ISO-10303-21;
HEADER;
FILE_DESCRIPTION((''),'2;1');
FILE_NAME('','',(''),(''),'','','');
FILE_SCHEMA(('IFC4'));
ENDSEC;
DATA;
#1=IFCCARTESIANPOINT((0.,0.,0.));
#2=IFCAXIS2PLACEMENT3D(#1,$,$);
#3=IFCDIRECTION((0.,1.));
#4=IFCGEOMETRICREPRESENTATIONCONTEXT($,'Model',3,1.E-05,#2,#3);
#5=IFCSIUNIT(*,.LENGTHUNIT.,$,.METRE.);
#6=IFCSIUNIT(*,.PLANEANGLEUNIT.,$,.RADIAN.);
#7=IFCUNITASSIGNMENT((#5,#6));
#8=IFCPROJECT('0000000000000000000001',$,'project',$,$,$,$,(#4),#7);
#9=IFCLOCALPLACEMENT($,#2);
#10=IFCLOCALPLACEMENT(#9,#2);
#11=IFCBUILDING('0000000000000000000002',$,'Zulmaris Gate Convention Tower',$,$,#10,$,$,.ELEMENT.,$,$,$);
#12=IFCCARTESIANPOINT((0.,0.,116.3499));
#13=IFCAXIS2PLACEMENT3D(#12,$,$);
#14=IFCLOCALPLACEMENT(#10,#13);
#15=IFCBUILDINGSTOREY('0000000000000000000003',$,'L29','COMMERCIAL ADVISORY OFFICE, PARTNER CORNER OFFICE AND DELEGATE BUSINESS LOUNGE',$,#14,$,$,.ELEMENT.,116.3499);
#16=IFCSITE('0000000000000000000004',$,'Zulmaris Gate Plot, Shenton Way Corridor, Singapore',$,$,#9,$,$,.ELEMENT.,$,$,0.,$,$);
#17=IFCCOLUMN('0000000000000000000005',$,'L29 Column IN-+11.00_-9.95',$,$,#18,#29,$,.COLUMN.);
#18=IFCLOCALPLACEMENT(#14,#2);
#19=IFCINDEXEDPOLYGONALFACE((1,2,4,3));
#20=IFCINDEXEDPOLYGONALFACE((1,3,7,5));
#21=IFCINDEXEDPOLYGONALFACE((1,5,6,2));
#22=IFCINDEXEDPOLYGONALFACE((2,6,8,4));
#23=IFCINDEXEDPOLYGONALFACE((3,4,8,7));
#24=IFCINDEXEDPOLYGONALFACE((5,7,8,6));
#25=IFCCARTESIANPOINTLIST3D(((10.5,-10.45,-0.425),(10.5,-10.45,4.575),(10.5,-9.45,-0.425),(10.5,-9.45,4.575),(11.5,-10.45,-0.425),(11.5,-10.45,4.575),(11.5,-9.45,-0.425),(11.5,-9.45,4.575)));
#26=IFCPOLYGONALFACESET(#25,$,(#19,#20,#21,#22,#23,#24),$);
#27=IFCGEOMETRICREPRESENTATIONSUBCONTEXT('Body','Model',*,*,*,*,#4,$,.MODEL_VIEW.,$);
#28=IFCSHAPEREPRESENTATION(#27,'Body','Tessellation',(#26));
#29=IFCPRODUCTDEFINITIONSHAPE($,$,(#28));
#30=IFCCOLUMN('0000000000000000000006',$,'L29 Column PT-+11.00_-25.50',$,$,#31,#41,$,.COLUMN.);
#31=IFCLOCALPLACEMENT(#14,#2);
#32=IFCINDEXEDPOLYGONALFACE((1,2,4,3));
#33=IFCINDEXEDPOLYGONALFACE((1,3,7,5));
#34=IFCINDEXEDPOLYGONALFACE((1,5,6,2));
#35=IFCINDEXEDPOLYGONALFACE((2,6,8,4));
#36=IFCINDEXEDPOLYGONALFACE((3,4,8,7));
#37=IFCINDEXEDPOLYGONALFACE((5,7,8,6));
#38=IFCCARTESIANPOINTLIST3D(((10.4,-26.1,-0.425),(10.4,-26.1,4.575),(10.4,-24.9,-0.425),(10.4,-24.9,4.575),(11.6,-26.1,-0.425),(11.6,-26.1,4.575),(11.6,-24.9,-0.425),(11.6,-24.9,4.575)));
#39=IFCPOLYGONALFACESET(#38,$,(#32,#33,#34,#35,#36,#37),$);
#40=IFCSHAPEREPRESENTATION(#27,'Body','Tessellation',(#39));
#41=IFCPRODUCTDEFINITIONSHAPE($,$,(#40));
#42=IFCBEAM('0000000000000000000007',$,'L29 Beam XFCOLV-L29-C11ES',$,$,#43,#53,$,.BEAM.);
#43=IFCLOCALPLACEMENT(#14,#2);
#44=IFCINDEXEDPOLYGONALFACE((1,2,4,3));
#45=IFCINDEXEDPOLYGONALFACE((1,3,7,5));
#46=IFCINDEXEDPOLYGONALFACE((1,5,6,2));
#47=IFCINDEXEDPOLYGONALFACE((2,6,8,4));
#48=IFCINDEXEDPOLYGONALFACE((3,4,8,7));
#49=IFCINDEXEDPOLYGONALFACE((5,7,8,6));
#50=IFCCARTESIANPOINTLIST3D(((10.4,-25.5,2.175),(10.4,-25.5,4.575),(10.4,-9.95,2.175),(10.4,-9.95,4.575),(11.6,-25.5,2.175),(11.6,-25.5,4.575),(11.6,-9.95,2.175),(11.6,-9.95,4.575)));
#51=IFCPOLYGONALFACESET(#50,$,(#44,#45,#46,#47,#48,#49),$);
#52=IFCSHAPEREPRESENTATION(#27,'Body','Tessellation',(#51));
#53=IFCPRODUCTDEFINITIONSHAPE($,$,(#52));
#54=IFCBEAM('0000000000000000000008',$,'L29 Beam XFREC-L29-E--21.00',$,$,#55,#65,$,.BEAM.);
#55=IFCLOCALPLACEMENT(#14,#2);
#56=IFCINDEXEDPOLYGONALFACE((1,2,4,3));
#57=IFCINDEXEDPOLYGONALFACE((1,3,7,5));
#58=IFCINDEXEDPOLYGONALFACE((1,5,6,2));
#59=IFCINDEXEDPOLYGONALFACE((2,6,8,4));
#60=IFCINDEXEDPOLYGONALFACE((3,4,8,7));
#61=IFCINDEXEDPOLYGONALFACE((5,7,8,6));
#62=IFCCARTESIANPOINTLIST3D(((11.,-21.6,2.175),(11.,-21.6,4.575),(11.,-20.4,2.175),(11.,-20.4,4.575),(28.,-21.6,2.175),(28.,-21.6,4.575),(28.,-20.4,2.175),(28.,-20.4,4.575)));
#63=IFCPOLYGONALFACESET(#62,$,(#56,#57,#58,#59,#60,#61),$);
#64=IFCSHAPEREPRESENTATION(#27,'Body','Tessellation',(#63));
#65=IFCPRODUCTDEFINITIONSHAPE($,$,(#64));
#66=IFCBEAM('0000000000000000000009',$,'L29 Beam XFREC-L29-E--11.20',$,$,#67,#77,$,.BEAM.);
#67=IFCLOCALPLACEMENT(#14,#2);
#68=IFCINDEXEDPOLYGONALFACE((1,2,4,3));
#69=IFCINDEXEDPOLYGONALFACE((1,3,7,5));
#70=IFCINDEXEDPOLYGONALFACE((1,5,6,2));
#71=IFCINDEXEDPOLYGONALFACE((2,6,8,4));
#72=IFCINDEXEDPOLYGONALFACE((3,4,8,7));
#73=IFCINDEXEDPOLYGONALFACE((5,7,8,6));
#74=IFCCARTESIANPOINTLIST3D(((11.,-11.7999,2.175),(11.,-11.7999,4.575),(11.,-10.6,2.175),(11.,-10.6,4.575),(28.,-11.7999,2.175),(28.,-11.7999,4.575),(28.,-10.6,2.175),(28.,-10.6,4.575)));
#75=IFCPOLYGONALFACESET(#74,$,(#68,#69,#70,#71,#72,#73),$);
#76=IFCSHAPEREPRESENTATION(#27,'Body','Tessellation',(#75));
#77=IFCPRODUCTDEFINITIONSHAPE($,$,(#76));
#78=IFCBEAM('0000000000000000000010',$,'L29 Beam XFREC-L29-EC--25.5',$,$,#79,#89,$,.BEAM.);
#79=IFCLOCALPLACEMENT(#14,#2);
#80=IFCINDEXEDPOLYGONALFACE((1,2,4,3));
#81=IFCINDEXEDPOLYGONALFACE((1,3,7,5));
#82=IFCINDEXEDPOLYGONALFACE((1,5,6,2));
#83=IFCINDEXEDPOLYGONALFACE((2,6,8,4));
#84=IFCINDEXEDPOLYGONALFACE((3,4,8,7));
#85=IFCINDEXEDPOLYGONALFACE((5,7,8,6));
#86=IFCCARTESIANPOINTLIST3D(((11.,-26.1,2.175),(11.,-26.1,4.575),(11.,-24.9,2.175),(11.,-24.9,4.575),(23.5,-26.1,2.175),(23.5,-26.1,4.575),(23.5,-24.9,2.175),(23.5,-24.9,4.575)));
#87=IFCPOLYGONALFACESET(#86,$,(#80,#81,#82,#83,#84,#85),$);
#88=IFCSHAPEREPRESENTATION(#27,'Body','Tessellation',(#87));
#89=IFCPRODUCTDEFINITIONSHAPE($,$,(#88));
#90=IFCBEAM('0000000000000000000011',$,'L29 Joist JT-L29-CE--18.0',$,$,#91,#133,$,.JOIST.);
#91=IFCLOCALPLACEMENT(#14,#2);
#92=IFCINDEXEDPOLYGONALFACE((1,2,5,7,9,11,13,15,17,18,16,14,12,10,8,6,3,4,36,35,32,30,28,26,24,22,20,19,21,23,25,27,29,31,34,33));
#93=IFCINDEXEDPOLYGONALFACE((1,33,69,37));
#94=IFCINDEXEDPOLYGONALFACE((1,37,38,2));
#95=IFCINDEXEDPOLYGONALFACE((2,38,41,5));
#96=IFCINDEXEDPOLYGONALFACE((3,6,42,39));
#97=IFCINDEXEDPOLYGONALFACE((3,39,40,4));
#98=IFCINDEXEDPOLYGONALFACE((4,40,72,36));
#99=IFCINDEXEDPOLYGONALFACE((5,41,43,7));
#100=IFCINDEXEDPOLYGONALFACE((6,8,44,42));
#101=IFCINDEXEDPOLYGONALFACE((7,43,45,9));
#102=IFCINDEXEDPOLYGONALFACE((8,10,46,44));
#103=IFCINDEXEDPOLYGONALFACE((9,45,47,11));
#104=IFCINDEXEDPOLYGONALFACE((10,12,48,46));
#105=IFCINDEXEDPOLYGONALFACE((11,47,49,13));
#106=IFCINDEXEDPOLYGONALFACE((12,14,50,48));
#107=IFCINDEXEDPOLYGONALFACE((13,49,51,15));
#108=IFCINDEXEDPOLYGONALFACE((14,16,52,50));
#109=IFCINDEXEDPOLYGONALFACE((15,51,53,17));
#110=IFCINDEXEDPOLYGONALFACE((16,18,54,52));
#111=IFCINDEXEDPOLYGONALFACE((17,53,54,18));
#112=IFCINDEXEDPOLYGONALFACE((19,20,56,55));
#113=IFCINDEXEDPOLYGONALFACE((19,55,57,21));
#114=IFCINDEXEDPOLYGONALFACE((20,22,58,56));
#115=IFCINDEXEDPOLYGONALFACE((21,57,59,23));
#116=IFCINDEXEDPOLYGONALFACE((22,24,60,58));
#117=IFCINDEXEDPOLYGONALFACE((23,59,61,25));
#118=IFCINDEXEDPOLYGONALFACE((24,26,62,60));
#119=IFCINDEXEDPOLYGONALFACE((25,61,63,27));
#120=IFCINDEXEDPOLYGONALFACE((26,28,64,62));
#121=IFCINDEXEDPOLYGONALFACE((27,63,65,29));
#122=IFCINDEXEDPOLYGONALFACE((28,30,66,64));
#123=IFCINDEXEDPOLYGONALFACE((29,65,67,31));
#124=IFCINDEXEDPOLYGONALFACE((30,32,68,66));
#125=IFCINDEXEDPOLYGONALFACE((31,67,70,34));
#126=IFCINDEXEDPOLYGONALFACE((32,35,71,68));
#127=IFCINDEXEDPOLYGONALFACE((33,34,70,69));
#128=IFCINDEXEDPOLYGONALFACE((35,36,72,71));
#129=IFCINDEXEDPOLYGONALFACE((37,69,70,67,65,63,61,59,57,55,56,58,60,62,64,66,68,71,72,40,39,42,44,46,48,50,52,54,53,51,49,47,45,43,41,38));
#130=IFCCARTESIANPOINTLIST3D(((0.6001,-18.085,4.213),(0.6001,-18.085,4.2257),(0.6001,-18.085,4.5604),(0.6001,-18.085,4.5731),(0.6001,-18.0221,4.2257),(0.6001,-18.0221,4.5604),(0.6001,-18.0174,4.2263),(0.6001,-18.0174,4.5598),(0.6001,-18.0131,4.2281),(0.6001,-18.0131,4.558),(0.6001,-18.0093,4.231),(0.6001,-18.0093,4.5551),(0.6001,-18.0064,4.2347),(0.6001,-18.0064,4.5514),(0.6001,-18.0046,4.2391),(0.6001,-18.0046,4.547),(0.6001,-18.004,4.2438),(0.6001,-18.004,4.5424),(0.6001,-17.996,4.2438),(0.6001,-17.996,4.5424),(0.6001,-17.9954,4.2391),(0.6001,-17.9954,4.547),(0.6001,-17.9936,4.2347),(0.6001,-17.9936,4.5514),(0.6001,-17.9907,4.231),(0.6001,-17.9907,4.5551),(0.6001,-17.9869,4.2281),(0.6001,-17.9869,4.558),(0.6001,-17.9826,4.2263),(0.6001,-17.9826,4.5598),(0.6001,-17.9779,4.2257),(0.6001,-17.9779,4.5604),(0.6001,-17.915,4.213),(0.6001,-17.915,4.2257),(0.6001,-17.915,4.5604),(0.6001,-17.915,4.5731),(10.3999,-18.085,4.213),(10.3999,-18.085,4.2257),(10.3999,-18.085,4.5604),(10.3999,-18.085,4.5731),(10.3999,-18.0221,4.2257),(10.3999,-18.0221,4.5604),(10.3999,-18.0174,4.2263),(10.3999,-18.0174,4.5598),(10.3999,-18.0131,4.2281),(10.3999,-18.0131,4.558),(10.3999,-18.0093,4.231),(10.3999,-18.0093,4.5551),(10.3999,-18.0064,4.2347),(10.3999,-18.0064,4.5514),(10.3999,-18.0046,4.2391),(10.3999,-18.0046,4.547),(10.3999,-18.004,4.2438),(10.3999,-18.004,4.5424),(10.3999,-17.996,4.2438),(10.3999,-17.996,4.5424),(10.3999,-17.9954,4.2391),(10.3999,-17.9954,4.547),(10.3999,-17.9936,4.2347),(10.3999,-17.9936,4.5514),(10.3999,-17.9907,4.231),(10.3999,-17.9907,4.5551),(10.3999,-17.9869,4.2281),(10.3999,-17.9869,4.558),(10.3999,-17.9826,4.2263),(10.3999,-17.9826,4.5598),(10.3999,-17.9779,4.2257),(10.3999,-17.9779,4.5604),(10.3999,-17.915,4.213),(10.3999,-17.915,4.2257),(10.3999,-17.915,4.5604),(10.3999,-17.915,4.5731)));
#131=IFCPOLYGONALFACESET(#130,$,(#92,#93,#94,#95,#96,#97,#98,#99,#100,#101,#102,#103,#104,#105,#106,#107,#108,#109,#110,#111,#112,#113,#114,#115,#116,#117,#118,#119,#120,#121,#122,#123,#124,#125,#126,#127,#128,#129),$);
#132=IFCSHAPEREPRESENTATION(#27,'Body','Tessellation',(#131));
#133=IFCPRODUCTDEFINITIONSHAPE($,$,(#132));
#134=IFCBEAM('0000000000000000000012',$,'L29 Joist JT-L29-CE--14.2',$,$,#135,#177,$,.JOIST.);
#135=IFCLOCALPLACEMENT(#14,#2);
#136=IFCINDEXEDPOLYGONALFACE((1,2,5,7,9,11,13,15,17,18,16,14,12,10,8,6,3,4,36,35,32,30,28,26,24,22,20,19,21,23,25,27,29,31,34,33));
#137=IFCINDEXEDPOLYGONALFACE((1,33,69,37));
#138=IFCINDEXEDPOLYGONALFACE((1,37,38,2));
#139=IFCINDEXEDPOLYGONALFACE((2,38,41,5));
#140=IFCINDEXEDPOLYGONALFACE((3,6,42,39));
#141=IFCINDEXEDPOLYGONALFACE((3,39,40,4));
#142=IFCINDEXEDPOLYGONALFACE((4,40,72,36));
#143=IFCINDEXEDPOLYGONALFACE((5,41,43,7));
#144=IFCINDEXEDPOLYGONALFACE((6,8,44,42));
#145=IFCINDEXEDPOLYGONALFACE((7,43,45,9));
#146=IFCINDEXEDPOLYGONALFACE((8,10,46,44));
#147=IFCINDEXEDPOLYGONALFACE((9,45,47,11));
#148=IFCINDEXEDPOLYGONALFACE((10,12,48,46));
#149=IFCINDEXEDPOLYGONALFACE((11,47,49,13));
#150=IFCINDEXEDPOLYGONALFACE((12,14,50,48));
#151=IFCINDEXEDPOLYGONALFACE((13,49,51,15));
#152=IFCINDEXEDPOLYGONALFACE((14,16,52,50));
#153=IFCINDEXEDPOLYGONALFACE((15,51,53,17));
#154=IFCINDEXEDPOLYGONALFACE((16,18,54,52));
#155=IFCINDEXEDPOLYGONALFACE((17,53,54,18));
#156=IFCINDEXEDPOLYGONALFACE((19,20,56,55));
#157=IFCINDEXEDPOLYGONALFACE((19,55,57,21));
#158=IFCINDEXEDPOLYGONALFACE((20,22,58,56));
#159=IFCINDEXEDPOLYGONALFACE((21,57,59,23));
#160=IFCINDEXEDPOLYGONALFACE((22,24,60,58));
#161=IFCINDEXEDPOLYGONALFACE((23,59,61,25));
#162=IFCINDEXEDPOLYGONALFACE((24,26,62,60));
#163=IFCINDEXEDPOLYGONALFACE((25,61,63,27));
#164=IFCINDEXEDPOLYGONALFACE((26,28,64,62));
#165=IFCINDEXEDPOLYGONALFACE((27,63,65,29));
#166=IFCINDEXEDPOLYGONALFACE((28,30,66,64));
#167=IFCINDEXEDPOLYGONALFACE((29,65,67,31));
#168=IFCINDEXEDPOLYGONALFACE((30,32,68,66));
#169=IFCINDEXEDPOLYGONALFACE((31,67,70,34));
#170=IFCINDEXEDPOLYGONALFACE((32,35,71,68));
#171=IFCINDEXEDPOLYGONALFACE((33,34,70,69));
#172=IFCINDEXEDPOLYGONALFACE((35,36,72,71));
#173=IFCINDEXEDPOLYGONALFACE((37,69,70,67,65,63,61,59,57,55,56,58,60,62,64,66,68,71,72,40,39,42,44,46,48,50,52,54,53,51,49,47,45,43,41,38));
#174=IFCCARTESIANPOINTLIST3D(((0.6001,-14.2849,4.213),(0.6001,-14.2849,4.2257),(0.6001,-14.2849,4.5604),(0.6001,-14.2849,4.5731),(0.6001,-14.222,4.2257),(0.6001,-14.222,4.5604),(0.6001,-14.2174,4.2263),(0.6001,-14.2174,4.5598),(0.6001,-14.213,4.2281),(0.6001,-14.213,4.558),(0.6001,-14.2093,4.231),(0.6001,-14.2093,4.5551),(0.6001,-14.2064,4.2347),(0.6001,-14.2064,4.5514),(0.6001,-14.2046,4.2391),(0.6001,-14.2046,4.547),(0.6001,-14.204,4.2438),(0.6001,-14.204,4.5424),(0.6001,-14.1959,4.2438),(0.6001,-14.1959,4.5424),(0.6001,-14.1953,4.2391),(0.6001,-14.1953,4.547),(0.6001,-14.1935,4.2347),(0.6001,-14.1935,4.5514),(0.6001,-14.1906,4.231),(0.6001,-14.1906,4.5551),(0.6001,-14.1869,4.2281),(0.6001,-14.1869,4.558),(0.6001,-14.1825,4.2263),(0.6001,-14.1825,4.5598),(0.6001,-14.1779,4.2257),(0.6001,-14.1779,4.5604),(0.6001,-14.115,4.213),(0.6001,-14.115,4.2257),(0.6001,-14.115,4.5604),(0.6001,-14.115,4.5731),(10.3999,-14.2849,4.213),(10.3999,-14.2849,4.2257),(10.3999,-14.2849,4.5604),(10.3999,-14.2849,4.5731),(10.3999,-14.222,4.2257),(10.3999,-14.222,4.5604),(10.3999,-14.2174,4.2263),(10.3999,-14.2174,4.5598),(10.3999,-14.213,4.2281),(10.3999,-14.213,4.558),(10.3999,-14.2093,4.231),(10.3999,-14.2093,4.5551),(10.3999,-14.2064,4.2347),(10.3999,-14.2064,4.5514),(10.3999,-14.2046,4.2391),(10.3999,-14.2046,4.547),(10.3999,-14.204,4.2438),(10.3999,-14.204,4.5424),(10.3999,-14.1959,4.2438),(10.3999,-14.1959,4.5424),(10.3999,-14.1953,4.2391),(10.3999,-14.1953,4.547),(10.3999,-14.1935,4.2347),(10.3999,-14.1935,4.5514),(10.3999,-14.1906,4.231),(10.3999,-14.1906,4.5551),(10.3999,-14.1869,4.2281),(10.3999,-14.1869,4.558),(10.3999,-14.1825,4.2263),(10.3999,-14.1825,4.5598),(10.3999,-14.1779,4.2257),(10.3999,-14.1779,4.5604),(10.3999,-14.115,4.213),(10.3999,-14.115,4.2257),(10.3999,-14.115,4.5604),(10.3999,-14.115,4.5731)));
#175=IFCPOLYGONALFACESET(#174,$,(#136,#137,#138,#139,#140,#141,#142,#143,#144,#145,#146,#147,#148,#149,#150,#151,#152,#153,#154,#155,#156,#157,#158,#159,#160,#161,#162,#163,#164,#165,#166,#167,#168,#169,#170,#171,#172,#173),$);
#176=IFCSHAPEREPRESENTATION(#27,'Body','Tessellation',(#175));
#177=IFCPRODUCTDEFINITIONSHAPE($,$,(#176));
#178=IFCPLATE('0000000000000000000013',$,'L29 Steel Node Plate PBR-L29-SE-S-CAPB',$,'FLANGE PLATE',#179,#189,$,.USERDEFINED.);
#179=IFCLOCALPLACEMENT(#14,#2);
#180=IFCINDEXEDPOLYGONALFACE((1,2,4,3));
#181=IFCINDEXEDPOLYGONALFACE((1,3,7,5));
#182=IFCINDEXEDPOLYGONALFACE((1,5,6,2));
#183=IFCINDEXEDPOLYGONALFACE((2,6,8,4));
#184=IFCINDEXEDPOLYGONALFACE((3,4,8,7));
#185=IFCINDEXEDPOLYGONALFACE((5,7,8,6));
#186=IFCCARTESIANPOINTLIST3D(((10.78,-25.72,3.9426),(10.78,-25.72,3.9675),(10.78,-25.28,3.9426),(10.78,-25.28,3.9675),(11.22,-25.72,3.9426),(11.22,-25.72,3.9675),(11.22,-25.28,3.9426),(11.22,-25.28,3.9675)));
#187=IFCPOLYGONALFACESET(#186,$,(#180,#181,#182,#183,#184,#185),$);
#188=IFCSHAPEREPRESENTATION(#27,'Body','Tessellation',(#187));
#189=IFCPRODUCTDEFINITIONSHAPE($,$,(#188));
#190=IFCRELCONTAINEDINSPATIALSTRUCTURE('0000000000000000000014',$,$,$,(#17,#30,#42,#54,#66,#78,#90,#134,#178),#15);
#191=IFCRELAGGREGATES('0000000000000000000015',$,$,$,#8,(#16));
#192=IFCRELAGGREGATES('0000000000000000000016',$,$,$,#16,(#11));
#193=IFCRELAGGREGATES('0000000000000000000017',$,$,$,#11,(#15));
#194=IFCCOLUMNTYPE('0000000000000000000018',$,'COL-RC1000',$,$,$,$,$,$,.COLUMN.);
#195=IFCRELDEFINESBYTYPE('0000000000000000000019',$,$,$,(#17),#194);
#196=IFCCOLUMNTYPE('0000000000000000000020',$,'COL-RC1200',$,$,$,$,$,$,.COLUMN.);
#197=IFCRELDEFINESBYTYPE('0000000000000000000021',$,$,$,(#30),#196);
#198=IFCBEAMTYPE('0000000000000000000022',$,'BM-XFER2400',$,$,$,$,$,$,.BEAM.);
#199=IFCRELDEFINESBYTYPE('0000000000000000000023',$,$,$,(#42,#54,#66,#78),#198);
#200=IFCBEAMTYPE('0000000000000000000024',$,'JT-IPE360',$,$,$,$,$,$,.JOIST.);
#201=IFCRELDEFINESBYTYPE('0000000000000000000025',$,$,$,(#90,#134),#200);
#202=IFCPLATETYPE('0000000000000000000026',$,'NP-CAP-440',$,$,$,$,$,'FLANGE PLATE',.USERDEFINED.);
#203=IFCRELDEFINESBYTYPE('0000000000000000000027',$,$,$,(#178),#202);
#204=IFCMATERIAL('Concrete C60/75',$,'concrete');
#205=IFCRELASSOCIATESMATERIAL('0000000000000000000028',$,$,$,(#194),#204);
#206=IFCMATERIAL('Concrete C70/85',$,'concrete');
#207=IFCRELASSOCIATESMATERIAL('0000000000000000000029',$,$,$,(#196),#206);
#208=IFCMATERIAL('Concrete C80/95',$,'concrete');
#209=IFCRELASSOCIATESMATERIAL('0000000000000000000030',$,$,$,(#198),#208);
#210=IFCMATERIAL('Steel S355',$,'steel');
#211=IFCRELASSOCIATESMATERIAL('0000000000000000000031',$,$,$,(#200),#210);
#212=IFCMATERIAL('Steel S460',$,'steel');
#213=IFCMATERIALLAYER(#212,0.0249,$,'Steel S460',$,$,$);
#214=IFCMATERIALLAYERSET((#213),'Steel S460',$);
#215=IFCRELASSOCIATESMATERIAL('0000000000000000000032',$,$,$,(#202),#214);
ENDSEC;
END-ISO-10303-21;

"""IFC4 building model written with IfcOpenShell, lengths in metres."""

from ifc_helpers import new_model, si_unit, direction, frame, origin, origin_2d, place, context, subcontext, project, spatial, rectangle, i_section, extrude, material, layer, layer_set, material_profile, profile_set, type_object, element, save


model = new_model("IFC4")

# Units and contexts
model_context = context("Model", 3, precision=1e-05, world=origin(), true_north=direction((0.0, 1.0)))
body_context = subcontext(model_context, "Body", "Model", "MODEL_VIEW")
ifc_project = project(units=[si_unit("LENGTHUNIT", "METRE"), si_unit("PLANEANGLEUNIT", "RADIAN")], contexts=[model_context])

# Site, building, storey
site_placement = place(None, origin())
site = spatial("IfcSite", under=ifc_project, at=site_placement, Name="Zulmaris Gate Plot, Shenton Way Corridor, Singapore", CompositionType="ELEMENT", RefElevation=0.0)
building_placement = place(site_placement, origin())
building = spatial("IfcBuilding", under=site, at=building_placement, Name="Zulmaris Gate Convention Tower", CompositionType="ELEMENT")
storey_placement = place(building_placement, frame((0.0, 0.0, 116.3499)))
storey = spatial("IfcBuildingStorey", under=building, at=storey_placement, Name="L29", Description="COMMERCIAL ADVISORY OFFICE, PARTNER CORNER OFFICE AND DELEGATE BUSINESS LOUNGE", CompositionType="ELEMENT", Elevation=116.3499)

# Columns
ifc_material_1 = material(Name="Concrete C60/75", Category="concrete")
ifc_material_profile_1 = material_profile(ifc_material_1, rectangle(XDim=1.0, YDim=1.0, at=origin_2d()), Name="RC COL 1000x1000")
ifc_profile_set_1 = profile_set([ifc_material_profile_1], Name="Concrete C60/75")
column_type_1 = type_object("IfcColumnType", Name="COL-RC1000", PredefinedType="COLUMN", material=ifc_profile_set_1)
column_1_placement = place(storey_placement, frame((11.0, -9.95, -0.425), z_axis=(0.0, 0.0, 1.0), x_axis=(1.0, 0.0, 0.0)))
element("IfcColumn", 1, at=column_1_placement, inside=storey, type_object=column_type_1, Name="L29 Column IN-+11.00_-9.95", PredefinedType="COLUMN", context=body_context, shape_type="SweptSolid", body=[
    extrude(rectangle(XDim=1.0, YDim=1.0, at=origin_2d()), origin(), (0.0, 0.0, 1.0), 5.0),
])
ifc_material_2 = material(Name="Concrete C70/85", Category="concrete")
ifc_material_profile_2 = material_profile(ifc_material_2, rectangle(XDim=1.2, YDim=1.2, at=origin_2d()), Name="RC COL 1200x1200")
ifc_profile_set_2 = profile_set([ifc_material_profile_2], Name="Concrete C70/85")
column_type_2 = type_object("IfcColumnType", Name="COL-RC1200", PredefinedType="COLUMN", material=ifc_profile_set_2)
column_2_placement = place(storey_placement, frame((11.0, -25.5, -0.425), z_axis=(0.0, 0.0, 1.0), x_axis=(1.0, 0.0, 0.0)))
element("IfcColumn", 2, at=column_2_placement, inside=storey, type_object=column_type_2, Name="L29 Column PT-+11.00_-25.50", PredefinedType="COLUMN", context=body_context, shape_type="SweptSolid", body=[
    extrude(rectangle(XDim=1.2, YDim=1.2, at=origin_2d()), origin(), (0.0, 0.0, 1.0), 5.0),
])

# Beams
ifc_material_3 = material(Name="Concrete C80/95", Category="concrete")
ifc_material_profile_3 = material_profile(ifc_material_3, rectangle(XDim=1.2, YDim=2.3999, at=origin_2d()), Name="RC TRANSFER 1200x2400")
ifc_profile_set_3 = profile_set([ifc_material_profile_3], Name="Concrete C80/95")
beam_type_1 = type_object("IfcBeamType", Name="BM-XFER2400", PredefinedType="BEAM", material=ifc_profile_set_3)
beam_1_placement = place(storey_placement, frame((11.0, -25.5, 3.375), z_axis=(0.0, 1.0, 0.0), x_axis=(-1.0, 0.0, 0.0)))
element("IfcBeam", 3, at=beam_1_placement, inside=storey, type_object=beam_type_1, Name="L29 Beam XFCOLV-L29-C11ES", PredefinedType="BEAM", context=body_context, shape_type="SweptSolid", body=[
    extrude(rectangle(XDim=1.2, YDim=2.3999, at=origin_2d()), origin(), (0.0, 0.0, 1.0), 15.55),
])
for number, where, z_axis, x_axis, name in (
    (4, (11.0, -21.0, 3.375), (1.0, 0.0, 0.0), (0.0, 1.0, 0.0), "L29 Beam XFREC-L29-E--21.00"),
    (5, (11.0, -11.2, 3.375), (1.0, 0.0, 0.0), (0.0, 1.0, 0.0), "L29 Beam XFREC-L29-E--11.20"),
):
    element("IfcBeam", number, at=place(storey_placement, frame(where, z_axis=z_axis, x_axis=x_axis)), inside=storey, type_object=beam_type_1, Name=name, PredefinedType="BEAM", context=body_context, shape_type="SweptSolid", body=[
        extrude(rectangle(XDim=1.2, YDim=2.3999, at=origin_2d()), origin(), (0.0, 0.0, 1.0), 17.0),
    ])
beam_2_placement = place(storey_placement, frame((11.0, -25.5, 3.375), z_axis=(1.0, 0.0, 0.0), x_axis=(0.0, 1.0, 0.0)))
element("IfcBeam", 6, at=beam_2_placement, inside=storey, type_object=beam_type_1, Name="L29 Beam XFREC-L29-EC--25.5", PredefinedType="BEAM", context=body_context, shape_type="SweptSolid", body=[
    extrude(rectangle(XDim=1.2, YDim=2.3999, at=origin_2d()), origin(), (0.0, 0.0, 1.0), 12.5),
])
ifc_material_4 = material(Name="Steel S355", Category="steel")
ifc_material_profile_4 = material_profile(ifc_material_4, i_section(OverallWidth=0.1699, OverallDepth=0.3601, WebThickness=0.0081, FlangeThickness=0.0127, FilletRadius=0.0181, at=origin_2d()), Name="IPE 360")
ifc_profile_set_4 = profile_set([ifc_material_profile_4], Name="Steel S355")
beam_type_2 = type_object("IfcBeamType", Name="JT-IPE360", PredefinedType="JOIST", material=ifc_profile_set_4)
for number, where, z_axis, x_axis, name in (
    (7, (0.6001, -18.0, 4.3931), (1.0, 0.0, 0.0), (0.0, 1.0, 0.0), "L29 Joist JT-L29-CE--18.0"),
    (8, (0.6001, -14.2, 4.3931), (1.0, 0.0, 0.0), (0.0, 1.0, 0.0), "L29 Joist JT-L29-CE--14.2"),
):
    element("IfcBeam", number, at=place(storey_placement, frame(where, z_axis=z_axis, x_axis=x_axis)), inside=storey, type_object=beam_type_2, Name=name, PredefinedType="JOIST", context=body_context, shape_type="SweptSolid", body=[
        extrude(i_section(OverallWidth=0.1699, OverallDepth=0.3601, WebThickness=0.0081, FlangeThickness=0.0127, FilletRadius=0.0181, at=origin_2d()), origin(), (0.0, 0.0, 1.0), 9.7998),
    ])

# Plate
ifc_material_5 = material(Name="Steel S460", Category="steel")
ifc_layer_1 = layer(ifc_material_5, 0.0249, Name="Steel S460")
ifc_layer_set_1 = layer_set([ifc_layer_1], Name="Steel S460")
plate_type = type_object("IfcPlateType", Name="NP-CAP-440", ElementType="FLANGE PLATE", PredefinedType="USERDEFINED", material=ifc_layer_set_1)
plate_placement = place(storey_placement, frame((11.0, -25.5, 3.9426), z_axis=(0.0, 0.0, 1.0), x_axis=(1.0, 0.0, 0.0)))
element("IfcPlate", 9, at=plate_placement, inside=storey, type_object=plate_type, Name="L29 Steel Node Plate PBR-L29-SE-S-CAPB", ObjectType="FLANGE PLATE", PredefinedType="USERDEFINED", context=body_context, shape_type="SweptSolid", body=[
    extrude(rectangle(XDim=0.4399, YDim=0.4399, at=origin_2d()), origin(), (0.0, 0.0, 1.0), 0.0249),
])

save(model, "model.ifc")
